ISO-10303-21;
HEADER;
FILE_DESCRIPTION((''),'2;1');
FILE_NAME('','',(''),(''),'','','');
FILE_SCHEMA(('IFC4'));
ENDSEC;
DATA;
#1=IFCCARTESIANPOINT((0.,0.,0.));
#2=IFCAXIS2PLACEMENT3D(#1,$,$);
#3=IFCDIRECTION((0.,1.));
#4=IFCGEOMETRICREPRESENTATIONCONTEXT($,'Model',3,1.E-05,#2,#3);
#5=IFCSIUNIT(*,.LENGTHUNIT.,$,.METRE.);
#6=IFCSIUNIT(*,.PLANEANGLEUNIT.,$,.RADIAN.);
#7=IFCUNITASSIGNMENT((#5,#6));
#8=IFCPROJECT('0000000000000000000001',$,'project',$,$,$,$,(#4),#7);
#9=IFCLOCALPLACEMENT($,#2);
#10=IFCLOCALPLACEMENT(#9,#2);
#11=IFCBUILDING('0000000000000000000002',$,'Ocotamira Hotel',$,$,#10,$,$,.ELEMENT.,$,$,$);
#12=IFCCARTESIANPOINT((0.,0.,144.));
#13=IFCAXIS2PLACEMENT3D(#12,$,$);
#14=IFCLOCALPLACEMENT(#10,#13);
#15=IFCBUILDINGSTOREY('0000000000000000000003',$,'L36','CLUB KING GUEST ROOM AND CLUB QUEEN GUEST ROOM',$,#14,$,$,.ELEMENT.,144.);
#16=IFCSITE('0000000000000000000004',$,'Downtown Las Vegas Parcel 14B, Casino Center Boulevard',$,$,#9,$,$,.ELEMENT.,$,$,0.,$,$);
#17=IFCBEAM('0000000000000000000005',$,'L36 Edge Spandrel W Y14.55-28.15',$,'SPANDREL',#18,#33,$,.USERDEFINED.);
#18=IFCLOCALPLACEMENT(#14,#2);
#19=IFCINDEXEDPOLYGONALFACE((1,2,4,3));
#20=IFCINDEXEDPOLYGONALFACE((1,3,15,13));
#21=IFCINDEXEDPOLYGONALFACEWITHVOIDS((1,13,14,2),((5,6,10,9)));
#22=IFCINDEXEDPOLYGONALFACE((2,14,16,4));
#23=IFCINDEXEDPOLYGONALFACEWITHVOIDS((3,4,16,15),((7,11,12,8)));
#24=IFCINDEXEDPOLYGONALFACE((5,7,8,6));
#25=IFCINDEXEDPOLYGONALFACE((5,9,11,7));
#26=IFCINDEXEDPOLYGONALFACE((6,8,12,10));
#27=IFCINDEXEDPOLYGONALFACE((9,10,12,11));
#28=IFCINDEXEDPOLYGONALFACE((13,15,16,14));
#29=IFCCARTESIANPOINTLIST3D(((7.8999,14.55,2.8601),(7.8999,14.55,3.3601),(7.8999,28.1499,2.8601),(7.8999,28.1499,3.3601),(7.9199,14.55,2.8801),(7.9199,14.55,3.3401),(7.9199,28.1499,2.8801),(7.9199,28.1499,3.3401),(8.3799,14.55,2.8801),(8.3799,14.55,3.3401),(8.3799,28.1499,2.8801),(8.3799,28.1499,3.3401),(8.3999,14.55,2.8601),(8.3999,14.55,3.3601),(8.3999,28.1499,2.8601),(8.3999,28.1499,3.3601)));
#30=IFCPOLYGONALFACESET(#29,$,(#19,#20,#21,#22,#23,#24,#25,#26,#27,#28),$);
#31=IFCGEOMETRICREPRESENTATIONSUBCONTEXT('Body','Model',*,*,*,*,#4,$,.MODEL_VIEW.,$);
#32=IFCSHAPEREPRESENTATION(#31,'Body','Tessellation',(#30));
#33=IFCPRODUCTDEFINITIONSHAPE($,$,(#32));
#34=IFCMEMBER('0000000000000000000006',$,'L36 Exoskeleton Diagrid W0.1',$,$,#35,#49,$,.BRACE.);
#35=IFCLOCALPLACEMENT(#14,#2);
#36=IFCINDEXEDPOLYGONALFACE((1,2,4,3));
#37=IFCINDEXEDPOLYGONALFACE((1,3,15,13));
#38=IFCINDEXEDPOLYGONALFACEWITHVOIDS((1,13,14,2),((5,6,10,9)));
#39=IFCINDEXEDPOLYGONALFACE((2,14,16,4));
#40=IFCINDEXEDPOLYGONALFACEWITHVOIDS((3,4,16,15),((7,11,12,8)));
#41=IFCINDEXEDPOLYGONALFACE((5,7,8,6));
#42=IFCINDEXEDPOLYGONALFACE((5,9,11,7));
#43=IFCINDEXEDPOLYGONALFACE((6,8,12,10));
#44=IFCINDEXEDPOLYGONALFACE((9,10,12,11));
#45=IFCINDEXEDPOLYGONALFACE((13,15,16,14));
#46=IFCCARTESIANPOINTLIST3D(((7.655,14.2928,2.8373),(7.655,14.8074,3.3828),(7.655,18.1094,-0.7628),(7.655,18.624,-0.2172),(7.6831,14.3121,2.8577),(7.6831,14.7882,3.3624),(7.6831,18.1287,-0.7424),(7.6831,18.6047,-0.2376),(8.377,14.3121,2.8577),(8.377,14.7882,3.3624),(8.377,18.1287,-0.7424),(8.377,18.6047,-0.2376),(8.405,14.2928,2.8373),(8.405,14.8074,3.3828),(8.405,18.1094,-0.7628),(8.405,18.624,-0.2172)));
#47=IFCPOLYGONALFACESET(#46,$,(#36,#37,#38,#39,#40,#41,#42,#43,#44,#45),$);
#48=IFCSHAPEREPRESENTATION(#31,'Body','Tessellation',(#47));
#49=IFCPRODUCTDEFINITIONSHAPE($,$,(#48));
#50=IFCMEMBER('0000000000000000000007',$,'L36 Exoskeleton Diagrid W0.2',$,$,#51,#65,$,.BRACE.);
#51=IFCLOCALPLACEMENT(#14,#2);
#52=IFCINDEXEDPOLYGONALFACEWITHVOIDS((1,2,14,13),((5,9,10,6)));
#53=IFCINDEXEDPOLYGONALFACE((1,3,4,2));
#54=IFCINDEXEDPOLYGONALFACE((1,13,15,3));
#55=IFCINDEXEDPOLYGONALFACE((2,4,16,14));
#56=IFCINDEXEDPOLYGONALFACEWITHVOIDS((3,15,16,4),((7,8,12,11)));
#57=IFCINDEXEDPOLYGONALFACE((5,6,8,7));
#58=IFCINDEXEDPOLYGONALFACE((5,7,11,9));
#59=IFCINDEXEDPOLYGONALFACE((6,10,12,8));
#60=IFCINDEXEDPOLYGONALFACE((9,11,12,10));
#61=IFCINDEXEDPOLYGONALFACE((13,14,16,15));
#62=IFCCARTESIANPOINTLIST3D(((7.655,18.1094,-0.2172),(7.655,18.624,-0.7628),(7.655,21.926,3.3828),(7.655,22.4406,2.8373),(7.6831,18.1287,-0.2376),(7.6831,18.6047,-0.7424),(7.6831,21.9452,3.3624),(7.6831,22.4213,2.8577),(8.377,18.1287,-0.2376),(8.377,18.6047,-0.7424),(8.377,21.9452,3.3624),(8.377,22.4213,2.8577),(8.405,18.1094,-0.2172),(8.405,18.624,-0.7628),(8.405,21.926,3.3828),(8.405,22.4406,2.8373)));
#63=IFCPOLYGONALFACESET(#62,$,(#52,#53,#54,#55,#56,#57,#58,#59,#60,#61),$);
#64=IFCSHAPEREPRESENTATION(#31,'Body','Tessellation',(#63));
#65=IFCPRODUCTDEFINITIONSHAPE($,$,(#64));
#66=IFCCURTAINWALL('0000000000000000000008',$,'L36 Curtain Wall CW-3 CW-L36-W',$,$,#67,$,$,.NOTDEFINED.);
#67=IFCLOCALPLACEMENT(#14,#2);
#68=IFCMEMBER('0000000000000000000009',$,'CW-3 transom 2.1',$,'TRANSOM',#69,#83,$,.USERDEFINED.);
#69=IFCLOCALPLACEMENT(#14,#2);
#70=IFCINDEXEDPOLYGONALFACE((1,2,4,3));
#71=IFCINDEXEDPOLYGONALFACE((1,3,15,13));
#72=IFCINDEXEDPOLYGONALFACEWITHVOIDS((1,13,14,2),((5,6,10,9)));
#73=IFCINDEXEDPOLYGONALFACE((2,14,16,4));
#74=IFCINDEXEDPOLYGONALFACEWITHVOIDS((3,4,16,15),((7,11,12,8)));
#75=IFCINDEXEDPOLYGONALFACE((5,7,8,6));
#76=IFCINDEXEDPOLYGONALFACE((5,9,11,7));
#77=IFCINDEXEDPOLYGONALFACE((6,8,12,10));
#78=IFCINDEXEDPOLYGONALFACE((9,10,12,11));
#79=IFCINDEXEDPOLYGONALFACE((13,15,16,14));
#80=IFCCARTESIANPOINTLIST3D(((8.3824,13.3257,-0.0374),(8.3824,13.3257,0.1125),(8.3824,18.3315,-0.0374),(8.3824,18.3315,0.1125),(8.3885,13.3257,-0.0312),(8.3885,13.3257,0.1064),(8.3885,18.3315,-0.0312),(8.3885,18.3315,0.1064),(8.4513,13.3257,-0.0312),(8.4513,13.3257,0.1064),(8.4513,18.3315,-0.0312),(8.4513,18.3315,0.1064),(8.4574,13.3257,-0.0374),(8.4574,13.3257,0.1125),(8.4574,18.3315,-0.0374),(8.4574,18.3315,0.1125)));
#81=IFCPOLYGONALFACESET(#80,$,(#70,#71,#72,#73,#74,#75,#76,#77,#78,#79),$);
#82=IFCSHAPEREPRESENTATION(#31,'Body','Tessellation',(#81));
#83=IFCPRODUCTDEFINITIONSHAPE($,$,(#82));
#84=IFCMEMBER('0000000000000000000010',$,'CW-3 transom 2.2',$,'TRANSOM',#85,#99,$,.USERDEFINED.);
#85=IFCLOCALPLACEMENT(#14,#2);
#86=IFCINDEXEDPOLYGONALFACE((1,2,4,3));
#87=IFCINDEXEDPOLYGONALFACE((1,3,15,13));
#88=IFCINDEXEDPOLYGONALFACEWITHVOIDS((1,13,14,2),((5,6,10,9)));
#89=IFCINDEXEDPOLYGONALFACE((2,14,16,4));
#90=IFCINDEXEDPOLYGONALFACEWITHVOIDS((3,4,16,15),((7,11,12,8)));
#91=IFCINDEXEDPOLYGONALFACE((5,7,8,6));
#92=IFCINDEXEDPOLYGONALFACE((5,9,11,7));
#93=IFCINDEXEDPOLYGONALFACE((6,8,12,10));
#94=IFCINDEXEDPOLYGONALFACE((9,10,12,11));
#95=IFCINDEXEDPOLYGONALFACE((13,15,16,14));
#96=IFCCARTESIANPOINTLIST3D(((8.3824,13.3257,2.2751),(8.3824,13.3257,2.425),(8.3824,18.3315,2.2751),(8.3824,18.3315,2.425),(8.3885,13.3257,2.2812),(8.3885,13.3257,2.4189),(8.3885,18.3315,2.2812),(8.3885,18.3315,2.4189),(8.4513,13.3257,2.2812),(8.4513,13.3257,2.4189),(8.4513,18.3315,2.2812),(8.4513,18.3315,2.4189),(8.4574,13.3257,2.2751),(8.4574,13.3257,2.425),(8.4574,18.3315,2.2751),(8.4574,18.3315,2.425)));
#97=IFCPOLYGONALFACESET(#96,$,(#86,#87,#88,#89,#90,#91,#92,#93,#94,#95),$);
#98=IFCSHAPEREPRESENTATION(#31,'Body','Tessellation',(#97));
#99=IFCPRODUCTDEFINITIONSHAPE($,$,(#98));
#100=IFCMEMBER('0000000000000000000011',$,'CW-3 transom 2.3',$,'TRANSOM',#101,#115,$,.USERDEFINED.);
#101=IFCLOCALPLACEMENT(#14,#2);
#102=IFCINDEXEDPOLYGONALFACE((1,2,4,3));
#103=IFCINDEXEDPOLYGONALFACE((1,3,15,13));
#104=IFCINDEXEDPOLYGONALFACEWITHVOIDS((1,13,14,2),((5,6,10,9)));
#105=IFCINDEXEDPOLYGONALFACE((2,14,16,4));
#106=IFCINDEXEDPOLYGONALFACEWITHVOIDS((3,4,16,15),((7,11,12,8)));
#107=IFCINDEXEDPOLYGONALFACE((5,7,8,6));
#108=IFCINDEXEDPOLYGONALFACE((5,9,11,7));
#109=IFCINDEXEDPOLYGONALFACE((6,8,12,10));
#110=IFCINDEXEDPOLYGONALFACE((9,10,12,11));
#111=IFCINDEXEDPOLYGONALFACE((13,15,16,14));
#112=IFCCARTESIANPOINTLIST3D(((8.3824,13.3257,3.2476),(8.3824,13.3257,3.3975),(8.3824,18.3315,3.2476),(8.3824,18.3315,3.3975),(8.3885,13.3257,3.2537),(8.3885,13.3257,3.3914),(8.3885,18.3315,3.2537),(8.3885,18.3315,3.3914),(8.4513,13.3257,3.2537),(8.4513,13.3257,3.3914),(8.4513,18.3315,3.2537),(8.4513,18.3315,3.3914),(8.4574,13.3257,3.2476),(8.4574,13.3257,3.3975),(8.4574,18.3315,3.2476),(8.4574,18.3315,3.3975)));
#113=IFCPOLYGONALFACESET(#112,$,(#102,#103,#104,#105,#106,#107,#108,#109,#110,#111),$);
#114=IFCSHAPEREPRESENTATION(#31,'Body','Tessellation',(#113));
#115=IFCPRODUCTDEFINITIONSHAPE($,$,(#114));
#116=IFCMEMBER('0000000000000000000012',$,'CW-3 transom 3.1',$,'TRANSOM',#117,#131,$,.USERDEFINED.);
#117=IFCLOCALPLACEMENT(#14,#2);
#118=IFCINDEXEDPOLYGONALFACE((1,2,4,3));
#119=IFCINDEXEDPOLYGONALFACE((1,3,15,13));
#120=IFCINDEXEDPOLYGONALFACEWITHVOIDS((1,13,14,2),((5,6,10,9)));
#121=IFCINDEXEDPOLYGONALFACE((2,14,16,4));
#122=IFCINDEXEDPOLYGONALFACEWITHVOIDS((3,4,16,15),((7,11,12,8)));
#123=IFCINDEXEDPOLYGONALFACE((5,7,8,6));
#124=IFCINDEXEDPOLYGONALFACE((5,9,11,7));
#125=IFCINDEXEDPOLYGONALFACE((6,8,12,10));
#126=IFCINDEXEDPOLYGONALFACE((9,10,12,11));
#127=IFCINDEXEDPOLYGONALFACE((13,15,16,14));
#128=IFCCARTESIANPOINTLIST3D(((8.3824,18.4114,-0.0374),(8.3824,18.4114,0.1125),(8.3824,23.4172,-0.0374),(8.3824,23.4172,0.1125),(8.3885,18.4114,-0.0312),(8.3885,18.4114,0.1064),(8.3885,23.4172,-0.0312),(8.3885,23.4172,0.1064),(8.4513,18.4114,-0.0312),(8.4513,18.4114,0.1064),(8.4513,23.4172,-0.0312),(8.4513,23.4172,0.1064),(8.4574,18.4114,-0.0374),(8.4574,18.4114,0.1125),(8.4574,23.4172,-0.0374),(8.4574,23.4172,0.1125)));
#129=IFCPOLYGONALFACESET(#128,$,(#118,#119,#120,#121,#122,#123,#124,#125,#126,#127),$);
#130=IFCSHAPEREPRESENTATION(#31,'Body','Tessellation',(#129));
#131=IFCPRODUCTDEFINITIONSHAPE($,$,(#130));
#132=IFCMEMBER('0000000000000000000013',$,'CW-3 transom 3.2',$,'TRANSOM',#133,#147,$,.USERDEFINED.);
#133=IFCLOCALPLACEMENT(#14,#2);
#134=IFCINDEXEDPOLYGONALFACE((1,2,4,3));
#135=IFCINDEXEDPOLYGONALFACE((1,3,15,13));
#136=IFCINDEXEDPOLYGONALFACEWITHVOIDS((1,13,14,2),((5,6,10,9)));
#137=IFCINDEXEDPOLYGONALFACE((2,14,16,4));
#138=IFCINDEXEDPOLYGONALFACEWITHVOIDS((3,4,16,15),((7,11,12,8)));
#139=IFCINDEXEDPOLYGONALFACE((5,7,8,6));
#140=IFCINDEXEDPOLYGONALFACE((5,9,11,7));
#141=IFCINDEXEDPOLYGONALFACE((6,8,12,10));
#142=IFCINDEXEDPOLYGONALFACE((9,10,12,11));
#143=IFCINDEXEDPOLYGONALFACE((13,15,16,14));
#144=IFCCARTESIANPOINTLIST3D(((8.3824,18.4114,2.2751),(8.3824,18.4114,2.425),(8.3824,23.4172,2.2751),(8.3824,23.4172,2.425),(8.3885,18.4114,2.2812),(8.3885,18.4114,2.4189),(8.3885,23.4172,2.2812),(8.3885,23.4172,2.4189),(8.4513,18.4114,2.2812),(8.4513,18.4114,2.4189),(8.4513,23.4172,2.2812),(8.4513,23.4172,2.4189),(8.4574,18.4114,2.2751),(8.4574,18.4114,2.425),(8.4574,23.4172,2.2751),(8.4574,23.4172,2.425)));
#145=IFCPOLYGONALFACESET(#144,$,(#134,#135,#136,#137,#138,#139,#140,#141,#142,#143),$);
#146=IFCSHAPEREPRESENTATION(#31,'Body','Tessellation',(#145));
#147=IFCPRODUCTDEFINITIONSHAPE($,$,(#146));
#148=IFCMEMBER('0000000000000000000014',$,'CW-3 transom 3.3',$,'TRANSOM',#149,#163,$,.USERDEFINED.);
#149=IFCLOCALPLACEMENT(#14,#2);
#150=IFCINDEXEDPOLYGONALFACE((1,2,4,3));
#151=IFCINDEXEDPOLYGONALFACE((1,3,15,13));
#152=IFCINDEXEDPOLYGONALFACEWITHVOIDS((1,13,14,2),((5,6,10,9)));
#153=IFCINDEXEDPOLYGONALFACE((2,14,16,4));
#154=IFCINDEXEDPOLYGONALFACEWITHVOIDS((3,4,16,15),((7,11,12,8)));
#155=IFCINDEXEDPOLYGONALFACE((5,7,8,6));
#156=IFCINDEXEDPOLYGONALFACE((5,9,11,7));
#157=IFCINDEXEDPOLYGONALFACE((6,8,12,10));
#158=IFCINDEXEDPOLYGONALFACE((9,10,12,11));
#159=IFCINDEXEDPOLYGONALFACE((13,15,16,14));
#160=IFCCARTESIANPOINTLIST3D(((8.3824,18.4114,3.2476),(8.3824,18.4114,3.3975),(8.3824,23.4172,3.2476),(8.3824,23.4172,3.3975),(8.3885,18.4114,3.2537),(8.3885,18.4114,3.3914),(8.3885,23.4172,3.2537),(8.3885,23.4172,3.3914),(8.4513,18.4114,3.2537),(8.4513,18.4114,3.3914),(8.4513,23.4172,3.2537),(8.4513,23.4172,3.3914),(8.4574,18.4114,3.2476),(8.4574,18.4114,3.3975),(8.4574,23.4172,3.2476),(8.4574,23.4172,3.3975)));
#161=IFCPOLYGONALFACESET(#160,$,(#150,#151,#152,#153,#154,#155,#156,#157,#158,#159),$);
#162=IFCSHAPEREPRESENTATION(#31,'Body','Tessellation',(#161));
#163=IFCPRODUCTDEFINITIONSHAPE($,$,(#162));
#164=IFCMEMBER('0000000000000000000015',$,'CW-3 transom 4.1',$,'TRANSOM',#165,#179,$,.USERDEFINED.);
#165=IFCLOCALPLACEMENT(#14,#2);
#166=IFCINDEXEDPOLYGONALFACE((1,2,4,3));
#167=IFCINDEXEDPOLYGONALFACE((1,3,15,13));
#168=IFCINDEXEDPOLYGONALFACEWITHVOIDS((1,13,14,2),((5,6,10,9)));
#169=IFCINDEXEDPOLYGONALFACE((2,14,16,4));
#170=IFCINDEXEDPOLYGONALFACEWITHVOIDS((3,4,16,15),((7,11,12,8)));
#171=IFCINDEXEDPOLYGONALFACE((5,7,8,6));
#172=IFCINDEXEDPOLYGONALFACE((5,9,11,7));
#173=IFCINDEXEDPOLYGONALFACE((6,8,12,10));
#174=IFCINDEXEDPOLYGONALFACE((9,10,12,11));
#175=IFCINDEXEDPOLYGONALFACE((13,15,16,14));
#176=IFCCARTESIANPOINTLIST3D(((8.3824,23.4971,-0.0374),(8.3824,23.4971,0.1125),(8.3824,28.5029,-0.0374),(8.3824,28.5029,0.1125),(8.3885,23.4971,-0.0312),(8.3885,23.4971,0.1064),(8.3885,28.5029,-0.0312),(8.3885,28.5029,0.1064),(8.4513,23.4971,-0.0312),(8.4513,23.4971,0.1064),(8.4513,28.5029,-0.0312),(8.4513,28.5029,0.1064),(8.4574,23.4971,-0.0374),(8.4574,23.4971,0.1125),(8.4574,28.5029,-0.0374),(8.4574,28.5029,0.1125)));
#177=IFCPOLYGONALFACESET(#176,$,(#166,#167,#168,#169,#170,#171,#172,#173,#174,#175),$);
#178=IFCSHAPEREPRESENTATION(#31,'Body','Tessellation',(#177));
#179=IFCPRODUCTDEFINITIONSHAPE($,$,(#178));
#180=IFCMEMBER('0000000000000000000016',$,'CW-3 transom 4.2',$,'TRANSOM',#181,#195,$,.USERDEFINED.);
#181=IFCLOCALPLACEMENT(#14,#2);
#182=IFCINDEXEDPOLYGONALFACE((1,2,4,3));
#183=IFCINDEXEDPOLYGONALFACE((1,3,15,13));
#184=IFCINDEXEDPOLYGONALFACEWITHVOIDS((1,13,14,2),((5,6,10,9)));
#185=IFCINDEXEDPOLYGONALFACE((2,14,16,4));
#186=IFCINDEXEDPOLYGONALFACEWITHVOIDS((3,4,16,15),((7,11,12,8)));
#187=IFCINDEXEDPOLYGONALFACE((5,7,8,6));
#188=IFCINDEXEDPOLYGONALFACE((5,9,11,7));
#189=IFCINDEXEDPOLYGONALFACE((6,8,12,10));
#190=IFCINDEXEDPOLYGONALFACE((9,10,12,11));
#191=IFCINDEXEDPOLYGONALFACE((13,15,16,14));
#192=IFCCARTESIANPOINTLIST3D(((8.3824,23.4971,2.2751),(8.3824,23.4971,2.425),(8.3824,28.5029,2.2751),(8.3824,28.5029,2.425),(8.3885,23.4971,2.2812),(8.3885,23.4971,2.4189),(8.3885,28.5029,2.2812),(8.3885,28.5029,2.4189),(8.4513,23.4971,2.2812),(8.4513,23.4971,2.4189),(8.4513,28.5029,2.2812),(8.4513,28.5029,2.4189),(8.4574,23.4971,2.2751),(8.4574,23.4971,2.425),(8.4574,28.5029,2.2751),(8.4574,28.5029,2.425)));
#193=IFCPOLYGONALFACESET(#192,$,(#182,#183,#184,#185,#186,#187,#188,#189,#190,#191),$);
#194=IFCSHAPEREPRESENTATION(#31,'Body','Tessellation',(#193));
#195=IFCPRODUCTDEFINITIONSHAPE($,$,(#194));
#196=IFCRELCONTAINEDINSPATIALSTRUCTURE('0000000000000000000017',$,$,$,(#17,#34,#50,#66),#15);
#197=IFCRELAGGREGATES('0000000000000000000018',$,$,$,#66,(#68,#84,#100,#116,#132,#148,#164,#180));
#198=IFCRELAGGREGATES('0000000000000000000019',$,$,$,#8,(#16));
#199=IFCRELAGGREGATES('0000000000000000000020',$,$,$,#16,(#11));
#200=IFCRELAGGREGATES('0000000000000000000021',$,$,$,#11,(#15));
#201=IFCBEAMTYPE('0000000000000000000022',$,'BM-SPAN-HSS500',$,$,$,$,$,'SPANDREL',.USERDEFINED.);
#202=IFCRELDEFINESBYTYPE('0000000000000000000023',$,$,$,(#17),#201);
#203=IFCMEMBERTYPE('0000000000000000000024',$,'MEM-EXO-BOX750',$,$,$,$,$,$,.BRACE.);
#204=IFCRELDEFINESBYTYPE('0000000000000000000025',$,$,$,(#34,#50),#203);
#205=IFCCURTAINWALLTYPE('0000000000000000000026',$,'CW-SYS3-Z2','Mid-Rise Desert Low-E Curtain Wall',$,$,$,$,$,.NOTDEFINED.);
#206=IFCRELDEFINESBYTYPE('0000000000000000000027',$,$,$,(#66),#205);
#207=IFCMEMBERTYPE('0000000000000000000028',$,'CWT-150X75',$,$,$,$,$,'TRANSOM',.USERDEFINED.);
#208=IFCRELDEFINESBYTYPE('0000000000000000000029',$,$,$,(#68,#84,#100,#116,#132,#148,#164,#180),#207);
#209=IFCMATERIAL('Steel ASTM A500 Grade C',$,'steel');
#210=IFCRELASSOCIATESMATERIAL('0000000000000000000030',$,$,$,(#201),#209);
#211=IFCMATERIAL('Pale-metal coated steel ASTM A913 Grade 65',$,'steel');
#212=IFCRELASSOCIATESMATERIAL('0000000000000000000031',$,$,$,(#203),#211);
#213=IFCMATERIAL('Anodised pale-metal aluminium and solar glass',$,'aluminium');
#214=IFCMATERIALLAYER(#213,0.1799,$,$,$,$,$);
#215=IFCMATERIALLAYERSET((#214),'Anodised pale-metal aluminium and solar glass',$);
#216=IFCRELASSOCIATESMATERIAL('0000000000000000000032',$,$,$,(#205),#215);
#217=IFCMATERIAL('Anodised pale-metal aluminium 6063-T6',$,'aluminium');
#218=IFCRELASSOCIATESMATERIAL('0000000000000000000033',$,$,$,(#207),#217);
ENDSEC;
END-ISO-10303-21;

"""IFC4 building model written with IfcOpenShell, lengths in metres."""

from ifc_helpers import new_model, si_unit, direction, frame, origin, origin_2d, place, context, subcontext, project, spatial, hollow_rectangle, extrude, source, transform, mapped, material, layer, layer_set, material_profile, profile_set, type_object, element, aggregate, save


model = new_model("IFC4")

# Units and contexts
model_context = context("Model", 3, precision=1e-05, world=origin(), true_north=direction((0.0, 1.0)))
body_context = subcontext(model_context, "Body", "Model", "MODEL_VIEW")
ifc_project = project(units=[si_unit("LENGTHUNIT", "METRE"), si_unit("PLANEANGLEUNIT", "RADIAN")], contexts=[model_context])

# Site, building, storey
site_placement = place(None, origin())
site = spatial("IfcSite", under=ifc_project, at=site_placement, Name="Downtown Las Vegas Parcel 14B, Casino Center Boulevard", CompositionType="ELEMENT", RefElevation=0.0)
building_placement = place(site_placement, origin())
building = spatial("IfcBuilding", under=site, at=building_placement, Name="Ocotamira Hotel", CompositionType="ELEMENT")
storey_placement = place(building_placement, frame((0.0, 0.0, 144.0)))
storey = spatial("IfcBuildingStorey", under=building, at=storey_placement, Name="L36", Description="CLUB KING GUEST ROOM AND CLUB QUEEN GUEST ROOM", CompositionType="ELEMENT", Elevation=144.0)

# Beam
ifc_material_1 = material(Name="Steel ASTM A500 Grade C", Category="steel")
ifc_material_profile_1 = material_profile(ifc_material_1, hollow_rectangle(XDim=0.5, YDim=0.5, WallThickness=0.02, at=origin_2d()), Name="HSS500X500X20")
ifc_profile_set_1 = profile_set([ifc_material_profile_1], Name="Steel ASTM A500 Grade C")
beam_type_1 = type_object("IfcBeamType", Name="BM-SPAN-HSS500", ElementType="SPANDREL", PredefinedType="USERDEFINED", material=ifc_profile_set_1)
shared_shape_1 = source(origin(), body_context, "Body", "SweptSolid", [
    extrude(hollow_rectangle(XDim=0.5, YDim=0.5, WallThickness=0.02, at=origin_2d()), origin(), (0.0, 0.0, 1.0), 13.5999),
])
beam_1_placement = place(storey_placement, frame((8.1499, 14.55, 3.1101), z_axis=(0.0, 1.0, 0.0), x_axis=(-1.0, 0.0, 0.0)))
element("IfcBeam", 1, at=beam_1_placement, inside=storey, type_object=beam_type_1, Name="L36 Edge Spandrel W Y14.55-28.15", ObjectType="SPANDREL", PredefinedType="USERDEFINED", context=body_context, shape_type="MappedRepresentation", body=[
    mapped(shared_shape_1, transform((0.0, 0.0, 0.0), scale=1.0)),
])

# Members
ifc_material_2 = material(Name="Pale-metal coated steel ASTM A913 Grade 65", Category="steel")
ifc_material_profile_2 = material_profile(ifc_material_2, hollow_rectangle(XDim=0.75, YDim=0.75, WallThickness=0.0281, at=origin_2d()), Name="BOX750X750X28")
ifc_profile_set_2 = profile_set([ifc_material_profile_2], Name="Pale-metal coated steel ASTM A913 Grade 65")
member_type_1 = type_object("IfcMemberType", Name="MEM-EXO-BOX750", PredefinedType="BRACE", material=ifc_profile_set_2)
shared_shape_2 = source(origin(), body_context, "Body", "SweptSolid", [
    extrude(hollow_rectangle(XDim=0.75, YDim=0.75, WallThickness=0.0281, at=origin_2d()), origin(), (0.0, 0.0, 1.0), 5.2466),
])
for number, where, z_axis, x_axis, name in (
    (2, (8.03, 18.3667, -0.49), (0.0, -0.727443, 0.686168), (1.0, 0.0, 0.0), "L36 Exoskeleton Diagrid W0.1"),
    (3, (8.03, 18.3667, -0.49), (0.0, 0.727443, 0.686168), (-1.0, 0.0, 0.0), "L36 Exoskeleton Diagrid W0.2"),
):
    element("IfcMember", number, at=place(storey_placement, frame(where, z_axis=z_axis, x_axis=x_axis)), inside=storey, type_object=member_type_1, Name=name, PredefinedType="BRACE", context=body_context, shape_type="MappedRepresentation", body=[
        mapped(shared_shape_2, transform((0.0, 0.0, 0.0), scale=1.0)),
    ])

# Curtain wall, members
ifc_material_3 = material(Name="Anodised pale-metal aluminium and solar glass", Category="aluminium")
ifc_layer_1 = layer(ifc_material_3, 0.1799)
ifc_layer_set_1 = layer_set([ifc_layer_1], Name="Anodised pale-metal aluminium and solar glass")
curtain_wall_type = type_object("IfcCurtainWallType", Name="CW-SYS3-Z2", Description="Mid-Rise Desert Low-E Curtain Wall", PredefinedType="NOTDEFINED", material=ifc_layer_set_1)
curtain_wall_placement = place(storey_placement, origin())
curtain_wall = element("IfcCurtainWall", 4, at=curtain_wall_placement, inside=storey, type_object=curtain_wall_type, Name="L36 Curtain Wall CW-3 CW-L36-W", PredefinedType="NOTDEFINED")
ifc_material_4 = material(Name="Anodised pale-metal aluminium 6063-T6", Category="aluminium")
ifc_material_profile_3 = material_profile(ifc_material_4, hollow_rectangle(XDim=0.075, YDim=0.1499, WallThickness=0.0061, at=origin_2d()), Name="HSS150X75X6")
ifc_profile_set_3 = profile_set([ifc_material_profile_3], Name="Anodised pale-metal aluminium 6063-T6")
member_type_2 = type_object("IfcMemberType", Name="CWT-150X75", ElementType="TRANSOM", PredefinedType="USERDEFINED", material=ifc_profile_set_3)
shared_shape_3 = source(origin(), body_context, "Body", "SweptSolid", [
    extrude(hollow_rectangle(XDim=0.075, YDim=0.1499, WallThickness=0.0061, at=origin_2d()), origin(), (0.0, 0.0, 1.0), 5.0059),
])
member_1_placement = place(storey_placement, frame((8.4199, 13.3257, 0.0376), z_axis=(0.0, 1.0, 0.0), x_axis=(-1.0, 0.0, 0.0)))
member_1 = element("IfcMember", 5, at=member_1_placement, type_object=member_type_2, Name="CW-3 transom 2.1", ObjectType="TRANSOM", PredefinedType="USERDEFINED", context=body_context, shape_type="MappedRepresentation", body=[
    mapped(shared_shape_3, transform((0.0, 0.0, 0.0), scale=1.0)),
])
member_2_placement = place(storey_placement, frame((8.4199, 13.3257, 2.3501), z_axis=(0.0, 1.0, 0.0), x_axis=(-1.0, 0.0, 0.0)))
member_2 = element("IfcMember", 6, at=member_2_placement, type_object=member_type_2, Name="CW-3 transom 2.2", ObjectType="TRANSOM", PredefinedType="USERDEFINED", context=body_context, shape_type="MappedRepresentation", body=[
    mapped(shared_shape_3, transform((0.0, 0.0, 0.0), scale=1.0)),
])
member_3_placement = place(storey_placement, frame((8.4199, 13.3257, 3.3225), z_axis=(0.0, 1.0, 0.0), x_axis=(-1.0, 0.0, 0.0)))
member_3 = element("IfcMember", 7, at=member_3_placement, type_object=member_type_2, Name="CW-3 transom 2.3", ObjectType="TRANSOM", PredefinedType="USERDEFINED", context=body_context, shape_type="MappedRepresentation", body=[
    mapped(shared_shape_3, transform((0.0, 0.0, 0.0), scale=1.0)),
])
member_4_placement = place(storey_placement, frame((8.4199, 18.4114, 0.0376), z_axis=(0.0, 1.0, 0.0), x_axis=(-1.0, 0.0, 0.0)))
member_4 = element("IfcMember", 8, at=member_4_placement, type_object=member_type_2, Name="CW-3 transom 3.1", ObjectType="TRANSOM", PredefinedType="USERDEFINED", context=body_context, shape_type="MappedRepresentation", body=[
    mapped(shared_shape_3, transform((0.0, 0.0, 0.0), scale=1.0)),
])
member_5_placement = place(storey_placement, frame((8.4199, 18.4114, 2.3501), z_axis=(0.0, 1.0, 0.0), x_axis=(-1.0, 0.0, 0.0)))
member_5 = element("IfcMember", 9, at=member_5_placement, type_object=member_type_2, Name="CW-3 transom 3.2", ObjectType="TRANSOM", PredefinedType="USERDEFINED", context=body_context, shape_type="MappedRepresentation", body=[
    mapped(shared_shape_3, transform((0.0, 0.0, 0.0), scale=1.0)),
])
member_6_placement = place(storey_placement, frame((8.4199, 18.4114, 3.3225), z_axis=(0.0, 1.0, 0.0), x_axis=(-1.0, 0.0, 0.0)))
member_6 = element("IfcMember", 10, at=member_6_placement, type_object=member_type_2, Name="CW-3 transom 3.3", ObjectType="TRANSOM", PredefinedType="USERDEFINED", context=body_context, shape_type="MappedRepresentation", body=[
    mapped(shared_shape_3, transform((0.0, 0.0, 0.0), scale=1.0)),
])
member_7_placement = place(storey_placement, frame((8.4199, 23.4971, 0.0376), z_axis=(0.0, 1.0, 0.0), x_axis=(-1.0, 0.0, 0.0)))
member_7 = element("IfcMember", 11, at=member_7_placement, type_object=member_type_2, Name="CW-3 transom 4.1", ObjectType="TRANSOM", PredefinedType="USERDEFINED", context=body_context, shape_type="MappedRepresentation", body=[
    mapped(shared_shape_3, transform((0.0, 0.0, 0.0), scale=1.0)),
])
member_8_placement = place(storey_placement, frame((8.4199, 23.4971, 2.3501), z_axis=(0.0, 1.0, 0.0), x_axis=(-1.0, 0.0, 0.0)))
member_8 = element("IfcMember", 12, at=member_8_placement, type_object=member_type_2, Name="CW-3 transom 4.2", ObjectType="TRANSOM", PredefinedType="USERDEFINED", context=body_context, shape_type="MappedRepresentation", body=[
    mapped(shared_shape_3, transform((0.0, 0.0, 0.0), scale=1.0)),
])

aggregate(curtain_wall, [member_1, member_2, member_3, member_4, member_5, member_6, member_7, member_8])

save(model, "model.ifc")
